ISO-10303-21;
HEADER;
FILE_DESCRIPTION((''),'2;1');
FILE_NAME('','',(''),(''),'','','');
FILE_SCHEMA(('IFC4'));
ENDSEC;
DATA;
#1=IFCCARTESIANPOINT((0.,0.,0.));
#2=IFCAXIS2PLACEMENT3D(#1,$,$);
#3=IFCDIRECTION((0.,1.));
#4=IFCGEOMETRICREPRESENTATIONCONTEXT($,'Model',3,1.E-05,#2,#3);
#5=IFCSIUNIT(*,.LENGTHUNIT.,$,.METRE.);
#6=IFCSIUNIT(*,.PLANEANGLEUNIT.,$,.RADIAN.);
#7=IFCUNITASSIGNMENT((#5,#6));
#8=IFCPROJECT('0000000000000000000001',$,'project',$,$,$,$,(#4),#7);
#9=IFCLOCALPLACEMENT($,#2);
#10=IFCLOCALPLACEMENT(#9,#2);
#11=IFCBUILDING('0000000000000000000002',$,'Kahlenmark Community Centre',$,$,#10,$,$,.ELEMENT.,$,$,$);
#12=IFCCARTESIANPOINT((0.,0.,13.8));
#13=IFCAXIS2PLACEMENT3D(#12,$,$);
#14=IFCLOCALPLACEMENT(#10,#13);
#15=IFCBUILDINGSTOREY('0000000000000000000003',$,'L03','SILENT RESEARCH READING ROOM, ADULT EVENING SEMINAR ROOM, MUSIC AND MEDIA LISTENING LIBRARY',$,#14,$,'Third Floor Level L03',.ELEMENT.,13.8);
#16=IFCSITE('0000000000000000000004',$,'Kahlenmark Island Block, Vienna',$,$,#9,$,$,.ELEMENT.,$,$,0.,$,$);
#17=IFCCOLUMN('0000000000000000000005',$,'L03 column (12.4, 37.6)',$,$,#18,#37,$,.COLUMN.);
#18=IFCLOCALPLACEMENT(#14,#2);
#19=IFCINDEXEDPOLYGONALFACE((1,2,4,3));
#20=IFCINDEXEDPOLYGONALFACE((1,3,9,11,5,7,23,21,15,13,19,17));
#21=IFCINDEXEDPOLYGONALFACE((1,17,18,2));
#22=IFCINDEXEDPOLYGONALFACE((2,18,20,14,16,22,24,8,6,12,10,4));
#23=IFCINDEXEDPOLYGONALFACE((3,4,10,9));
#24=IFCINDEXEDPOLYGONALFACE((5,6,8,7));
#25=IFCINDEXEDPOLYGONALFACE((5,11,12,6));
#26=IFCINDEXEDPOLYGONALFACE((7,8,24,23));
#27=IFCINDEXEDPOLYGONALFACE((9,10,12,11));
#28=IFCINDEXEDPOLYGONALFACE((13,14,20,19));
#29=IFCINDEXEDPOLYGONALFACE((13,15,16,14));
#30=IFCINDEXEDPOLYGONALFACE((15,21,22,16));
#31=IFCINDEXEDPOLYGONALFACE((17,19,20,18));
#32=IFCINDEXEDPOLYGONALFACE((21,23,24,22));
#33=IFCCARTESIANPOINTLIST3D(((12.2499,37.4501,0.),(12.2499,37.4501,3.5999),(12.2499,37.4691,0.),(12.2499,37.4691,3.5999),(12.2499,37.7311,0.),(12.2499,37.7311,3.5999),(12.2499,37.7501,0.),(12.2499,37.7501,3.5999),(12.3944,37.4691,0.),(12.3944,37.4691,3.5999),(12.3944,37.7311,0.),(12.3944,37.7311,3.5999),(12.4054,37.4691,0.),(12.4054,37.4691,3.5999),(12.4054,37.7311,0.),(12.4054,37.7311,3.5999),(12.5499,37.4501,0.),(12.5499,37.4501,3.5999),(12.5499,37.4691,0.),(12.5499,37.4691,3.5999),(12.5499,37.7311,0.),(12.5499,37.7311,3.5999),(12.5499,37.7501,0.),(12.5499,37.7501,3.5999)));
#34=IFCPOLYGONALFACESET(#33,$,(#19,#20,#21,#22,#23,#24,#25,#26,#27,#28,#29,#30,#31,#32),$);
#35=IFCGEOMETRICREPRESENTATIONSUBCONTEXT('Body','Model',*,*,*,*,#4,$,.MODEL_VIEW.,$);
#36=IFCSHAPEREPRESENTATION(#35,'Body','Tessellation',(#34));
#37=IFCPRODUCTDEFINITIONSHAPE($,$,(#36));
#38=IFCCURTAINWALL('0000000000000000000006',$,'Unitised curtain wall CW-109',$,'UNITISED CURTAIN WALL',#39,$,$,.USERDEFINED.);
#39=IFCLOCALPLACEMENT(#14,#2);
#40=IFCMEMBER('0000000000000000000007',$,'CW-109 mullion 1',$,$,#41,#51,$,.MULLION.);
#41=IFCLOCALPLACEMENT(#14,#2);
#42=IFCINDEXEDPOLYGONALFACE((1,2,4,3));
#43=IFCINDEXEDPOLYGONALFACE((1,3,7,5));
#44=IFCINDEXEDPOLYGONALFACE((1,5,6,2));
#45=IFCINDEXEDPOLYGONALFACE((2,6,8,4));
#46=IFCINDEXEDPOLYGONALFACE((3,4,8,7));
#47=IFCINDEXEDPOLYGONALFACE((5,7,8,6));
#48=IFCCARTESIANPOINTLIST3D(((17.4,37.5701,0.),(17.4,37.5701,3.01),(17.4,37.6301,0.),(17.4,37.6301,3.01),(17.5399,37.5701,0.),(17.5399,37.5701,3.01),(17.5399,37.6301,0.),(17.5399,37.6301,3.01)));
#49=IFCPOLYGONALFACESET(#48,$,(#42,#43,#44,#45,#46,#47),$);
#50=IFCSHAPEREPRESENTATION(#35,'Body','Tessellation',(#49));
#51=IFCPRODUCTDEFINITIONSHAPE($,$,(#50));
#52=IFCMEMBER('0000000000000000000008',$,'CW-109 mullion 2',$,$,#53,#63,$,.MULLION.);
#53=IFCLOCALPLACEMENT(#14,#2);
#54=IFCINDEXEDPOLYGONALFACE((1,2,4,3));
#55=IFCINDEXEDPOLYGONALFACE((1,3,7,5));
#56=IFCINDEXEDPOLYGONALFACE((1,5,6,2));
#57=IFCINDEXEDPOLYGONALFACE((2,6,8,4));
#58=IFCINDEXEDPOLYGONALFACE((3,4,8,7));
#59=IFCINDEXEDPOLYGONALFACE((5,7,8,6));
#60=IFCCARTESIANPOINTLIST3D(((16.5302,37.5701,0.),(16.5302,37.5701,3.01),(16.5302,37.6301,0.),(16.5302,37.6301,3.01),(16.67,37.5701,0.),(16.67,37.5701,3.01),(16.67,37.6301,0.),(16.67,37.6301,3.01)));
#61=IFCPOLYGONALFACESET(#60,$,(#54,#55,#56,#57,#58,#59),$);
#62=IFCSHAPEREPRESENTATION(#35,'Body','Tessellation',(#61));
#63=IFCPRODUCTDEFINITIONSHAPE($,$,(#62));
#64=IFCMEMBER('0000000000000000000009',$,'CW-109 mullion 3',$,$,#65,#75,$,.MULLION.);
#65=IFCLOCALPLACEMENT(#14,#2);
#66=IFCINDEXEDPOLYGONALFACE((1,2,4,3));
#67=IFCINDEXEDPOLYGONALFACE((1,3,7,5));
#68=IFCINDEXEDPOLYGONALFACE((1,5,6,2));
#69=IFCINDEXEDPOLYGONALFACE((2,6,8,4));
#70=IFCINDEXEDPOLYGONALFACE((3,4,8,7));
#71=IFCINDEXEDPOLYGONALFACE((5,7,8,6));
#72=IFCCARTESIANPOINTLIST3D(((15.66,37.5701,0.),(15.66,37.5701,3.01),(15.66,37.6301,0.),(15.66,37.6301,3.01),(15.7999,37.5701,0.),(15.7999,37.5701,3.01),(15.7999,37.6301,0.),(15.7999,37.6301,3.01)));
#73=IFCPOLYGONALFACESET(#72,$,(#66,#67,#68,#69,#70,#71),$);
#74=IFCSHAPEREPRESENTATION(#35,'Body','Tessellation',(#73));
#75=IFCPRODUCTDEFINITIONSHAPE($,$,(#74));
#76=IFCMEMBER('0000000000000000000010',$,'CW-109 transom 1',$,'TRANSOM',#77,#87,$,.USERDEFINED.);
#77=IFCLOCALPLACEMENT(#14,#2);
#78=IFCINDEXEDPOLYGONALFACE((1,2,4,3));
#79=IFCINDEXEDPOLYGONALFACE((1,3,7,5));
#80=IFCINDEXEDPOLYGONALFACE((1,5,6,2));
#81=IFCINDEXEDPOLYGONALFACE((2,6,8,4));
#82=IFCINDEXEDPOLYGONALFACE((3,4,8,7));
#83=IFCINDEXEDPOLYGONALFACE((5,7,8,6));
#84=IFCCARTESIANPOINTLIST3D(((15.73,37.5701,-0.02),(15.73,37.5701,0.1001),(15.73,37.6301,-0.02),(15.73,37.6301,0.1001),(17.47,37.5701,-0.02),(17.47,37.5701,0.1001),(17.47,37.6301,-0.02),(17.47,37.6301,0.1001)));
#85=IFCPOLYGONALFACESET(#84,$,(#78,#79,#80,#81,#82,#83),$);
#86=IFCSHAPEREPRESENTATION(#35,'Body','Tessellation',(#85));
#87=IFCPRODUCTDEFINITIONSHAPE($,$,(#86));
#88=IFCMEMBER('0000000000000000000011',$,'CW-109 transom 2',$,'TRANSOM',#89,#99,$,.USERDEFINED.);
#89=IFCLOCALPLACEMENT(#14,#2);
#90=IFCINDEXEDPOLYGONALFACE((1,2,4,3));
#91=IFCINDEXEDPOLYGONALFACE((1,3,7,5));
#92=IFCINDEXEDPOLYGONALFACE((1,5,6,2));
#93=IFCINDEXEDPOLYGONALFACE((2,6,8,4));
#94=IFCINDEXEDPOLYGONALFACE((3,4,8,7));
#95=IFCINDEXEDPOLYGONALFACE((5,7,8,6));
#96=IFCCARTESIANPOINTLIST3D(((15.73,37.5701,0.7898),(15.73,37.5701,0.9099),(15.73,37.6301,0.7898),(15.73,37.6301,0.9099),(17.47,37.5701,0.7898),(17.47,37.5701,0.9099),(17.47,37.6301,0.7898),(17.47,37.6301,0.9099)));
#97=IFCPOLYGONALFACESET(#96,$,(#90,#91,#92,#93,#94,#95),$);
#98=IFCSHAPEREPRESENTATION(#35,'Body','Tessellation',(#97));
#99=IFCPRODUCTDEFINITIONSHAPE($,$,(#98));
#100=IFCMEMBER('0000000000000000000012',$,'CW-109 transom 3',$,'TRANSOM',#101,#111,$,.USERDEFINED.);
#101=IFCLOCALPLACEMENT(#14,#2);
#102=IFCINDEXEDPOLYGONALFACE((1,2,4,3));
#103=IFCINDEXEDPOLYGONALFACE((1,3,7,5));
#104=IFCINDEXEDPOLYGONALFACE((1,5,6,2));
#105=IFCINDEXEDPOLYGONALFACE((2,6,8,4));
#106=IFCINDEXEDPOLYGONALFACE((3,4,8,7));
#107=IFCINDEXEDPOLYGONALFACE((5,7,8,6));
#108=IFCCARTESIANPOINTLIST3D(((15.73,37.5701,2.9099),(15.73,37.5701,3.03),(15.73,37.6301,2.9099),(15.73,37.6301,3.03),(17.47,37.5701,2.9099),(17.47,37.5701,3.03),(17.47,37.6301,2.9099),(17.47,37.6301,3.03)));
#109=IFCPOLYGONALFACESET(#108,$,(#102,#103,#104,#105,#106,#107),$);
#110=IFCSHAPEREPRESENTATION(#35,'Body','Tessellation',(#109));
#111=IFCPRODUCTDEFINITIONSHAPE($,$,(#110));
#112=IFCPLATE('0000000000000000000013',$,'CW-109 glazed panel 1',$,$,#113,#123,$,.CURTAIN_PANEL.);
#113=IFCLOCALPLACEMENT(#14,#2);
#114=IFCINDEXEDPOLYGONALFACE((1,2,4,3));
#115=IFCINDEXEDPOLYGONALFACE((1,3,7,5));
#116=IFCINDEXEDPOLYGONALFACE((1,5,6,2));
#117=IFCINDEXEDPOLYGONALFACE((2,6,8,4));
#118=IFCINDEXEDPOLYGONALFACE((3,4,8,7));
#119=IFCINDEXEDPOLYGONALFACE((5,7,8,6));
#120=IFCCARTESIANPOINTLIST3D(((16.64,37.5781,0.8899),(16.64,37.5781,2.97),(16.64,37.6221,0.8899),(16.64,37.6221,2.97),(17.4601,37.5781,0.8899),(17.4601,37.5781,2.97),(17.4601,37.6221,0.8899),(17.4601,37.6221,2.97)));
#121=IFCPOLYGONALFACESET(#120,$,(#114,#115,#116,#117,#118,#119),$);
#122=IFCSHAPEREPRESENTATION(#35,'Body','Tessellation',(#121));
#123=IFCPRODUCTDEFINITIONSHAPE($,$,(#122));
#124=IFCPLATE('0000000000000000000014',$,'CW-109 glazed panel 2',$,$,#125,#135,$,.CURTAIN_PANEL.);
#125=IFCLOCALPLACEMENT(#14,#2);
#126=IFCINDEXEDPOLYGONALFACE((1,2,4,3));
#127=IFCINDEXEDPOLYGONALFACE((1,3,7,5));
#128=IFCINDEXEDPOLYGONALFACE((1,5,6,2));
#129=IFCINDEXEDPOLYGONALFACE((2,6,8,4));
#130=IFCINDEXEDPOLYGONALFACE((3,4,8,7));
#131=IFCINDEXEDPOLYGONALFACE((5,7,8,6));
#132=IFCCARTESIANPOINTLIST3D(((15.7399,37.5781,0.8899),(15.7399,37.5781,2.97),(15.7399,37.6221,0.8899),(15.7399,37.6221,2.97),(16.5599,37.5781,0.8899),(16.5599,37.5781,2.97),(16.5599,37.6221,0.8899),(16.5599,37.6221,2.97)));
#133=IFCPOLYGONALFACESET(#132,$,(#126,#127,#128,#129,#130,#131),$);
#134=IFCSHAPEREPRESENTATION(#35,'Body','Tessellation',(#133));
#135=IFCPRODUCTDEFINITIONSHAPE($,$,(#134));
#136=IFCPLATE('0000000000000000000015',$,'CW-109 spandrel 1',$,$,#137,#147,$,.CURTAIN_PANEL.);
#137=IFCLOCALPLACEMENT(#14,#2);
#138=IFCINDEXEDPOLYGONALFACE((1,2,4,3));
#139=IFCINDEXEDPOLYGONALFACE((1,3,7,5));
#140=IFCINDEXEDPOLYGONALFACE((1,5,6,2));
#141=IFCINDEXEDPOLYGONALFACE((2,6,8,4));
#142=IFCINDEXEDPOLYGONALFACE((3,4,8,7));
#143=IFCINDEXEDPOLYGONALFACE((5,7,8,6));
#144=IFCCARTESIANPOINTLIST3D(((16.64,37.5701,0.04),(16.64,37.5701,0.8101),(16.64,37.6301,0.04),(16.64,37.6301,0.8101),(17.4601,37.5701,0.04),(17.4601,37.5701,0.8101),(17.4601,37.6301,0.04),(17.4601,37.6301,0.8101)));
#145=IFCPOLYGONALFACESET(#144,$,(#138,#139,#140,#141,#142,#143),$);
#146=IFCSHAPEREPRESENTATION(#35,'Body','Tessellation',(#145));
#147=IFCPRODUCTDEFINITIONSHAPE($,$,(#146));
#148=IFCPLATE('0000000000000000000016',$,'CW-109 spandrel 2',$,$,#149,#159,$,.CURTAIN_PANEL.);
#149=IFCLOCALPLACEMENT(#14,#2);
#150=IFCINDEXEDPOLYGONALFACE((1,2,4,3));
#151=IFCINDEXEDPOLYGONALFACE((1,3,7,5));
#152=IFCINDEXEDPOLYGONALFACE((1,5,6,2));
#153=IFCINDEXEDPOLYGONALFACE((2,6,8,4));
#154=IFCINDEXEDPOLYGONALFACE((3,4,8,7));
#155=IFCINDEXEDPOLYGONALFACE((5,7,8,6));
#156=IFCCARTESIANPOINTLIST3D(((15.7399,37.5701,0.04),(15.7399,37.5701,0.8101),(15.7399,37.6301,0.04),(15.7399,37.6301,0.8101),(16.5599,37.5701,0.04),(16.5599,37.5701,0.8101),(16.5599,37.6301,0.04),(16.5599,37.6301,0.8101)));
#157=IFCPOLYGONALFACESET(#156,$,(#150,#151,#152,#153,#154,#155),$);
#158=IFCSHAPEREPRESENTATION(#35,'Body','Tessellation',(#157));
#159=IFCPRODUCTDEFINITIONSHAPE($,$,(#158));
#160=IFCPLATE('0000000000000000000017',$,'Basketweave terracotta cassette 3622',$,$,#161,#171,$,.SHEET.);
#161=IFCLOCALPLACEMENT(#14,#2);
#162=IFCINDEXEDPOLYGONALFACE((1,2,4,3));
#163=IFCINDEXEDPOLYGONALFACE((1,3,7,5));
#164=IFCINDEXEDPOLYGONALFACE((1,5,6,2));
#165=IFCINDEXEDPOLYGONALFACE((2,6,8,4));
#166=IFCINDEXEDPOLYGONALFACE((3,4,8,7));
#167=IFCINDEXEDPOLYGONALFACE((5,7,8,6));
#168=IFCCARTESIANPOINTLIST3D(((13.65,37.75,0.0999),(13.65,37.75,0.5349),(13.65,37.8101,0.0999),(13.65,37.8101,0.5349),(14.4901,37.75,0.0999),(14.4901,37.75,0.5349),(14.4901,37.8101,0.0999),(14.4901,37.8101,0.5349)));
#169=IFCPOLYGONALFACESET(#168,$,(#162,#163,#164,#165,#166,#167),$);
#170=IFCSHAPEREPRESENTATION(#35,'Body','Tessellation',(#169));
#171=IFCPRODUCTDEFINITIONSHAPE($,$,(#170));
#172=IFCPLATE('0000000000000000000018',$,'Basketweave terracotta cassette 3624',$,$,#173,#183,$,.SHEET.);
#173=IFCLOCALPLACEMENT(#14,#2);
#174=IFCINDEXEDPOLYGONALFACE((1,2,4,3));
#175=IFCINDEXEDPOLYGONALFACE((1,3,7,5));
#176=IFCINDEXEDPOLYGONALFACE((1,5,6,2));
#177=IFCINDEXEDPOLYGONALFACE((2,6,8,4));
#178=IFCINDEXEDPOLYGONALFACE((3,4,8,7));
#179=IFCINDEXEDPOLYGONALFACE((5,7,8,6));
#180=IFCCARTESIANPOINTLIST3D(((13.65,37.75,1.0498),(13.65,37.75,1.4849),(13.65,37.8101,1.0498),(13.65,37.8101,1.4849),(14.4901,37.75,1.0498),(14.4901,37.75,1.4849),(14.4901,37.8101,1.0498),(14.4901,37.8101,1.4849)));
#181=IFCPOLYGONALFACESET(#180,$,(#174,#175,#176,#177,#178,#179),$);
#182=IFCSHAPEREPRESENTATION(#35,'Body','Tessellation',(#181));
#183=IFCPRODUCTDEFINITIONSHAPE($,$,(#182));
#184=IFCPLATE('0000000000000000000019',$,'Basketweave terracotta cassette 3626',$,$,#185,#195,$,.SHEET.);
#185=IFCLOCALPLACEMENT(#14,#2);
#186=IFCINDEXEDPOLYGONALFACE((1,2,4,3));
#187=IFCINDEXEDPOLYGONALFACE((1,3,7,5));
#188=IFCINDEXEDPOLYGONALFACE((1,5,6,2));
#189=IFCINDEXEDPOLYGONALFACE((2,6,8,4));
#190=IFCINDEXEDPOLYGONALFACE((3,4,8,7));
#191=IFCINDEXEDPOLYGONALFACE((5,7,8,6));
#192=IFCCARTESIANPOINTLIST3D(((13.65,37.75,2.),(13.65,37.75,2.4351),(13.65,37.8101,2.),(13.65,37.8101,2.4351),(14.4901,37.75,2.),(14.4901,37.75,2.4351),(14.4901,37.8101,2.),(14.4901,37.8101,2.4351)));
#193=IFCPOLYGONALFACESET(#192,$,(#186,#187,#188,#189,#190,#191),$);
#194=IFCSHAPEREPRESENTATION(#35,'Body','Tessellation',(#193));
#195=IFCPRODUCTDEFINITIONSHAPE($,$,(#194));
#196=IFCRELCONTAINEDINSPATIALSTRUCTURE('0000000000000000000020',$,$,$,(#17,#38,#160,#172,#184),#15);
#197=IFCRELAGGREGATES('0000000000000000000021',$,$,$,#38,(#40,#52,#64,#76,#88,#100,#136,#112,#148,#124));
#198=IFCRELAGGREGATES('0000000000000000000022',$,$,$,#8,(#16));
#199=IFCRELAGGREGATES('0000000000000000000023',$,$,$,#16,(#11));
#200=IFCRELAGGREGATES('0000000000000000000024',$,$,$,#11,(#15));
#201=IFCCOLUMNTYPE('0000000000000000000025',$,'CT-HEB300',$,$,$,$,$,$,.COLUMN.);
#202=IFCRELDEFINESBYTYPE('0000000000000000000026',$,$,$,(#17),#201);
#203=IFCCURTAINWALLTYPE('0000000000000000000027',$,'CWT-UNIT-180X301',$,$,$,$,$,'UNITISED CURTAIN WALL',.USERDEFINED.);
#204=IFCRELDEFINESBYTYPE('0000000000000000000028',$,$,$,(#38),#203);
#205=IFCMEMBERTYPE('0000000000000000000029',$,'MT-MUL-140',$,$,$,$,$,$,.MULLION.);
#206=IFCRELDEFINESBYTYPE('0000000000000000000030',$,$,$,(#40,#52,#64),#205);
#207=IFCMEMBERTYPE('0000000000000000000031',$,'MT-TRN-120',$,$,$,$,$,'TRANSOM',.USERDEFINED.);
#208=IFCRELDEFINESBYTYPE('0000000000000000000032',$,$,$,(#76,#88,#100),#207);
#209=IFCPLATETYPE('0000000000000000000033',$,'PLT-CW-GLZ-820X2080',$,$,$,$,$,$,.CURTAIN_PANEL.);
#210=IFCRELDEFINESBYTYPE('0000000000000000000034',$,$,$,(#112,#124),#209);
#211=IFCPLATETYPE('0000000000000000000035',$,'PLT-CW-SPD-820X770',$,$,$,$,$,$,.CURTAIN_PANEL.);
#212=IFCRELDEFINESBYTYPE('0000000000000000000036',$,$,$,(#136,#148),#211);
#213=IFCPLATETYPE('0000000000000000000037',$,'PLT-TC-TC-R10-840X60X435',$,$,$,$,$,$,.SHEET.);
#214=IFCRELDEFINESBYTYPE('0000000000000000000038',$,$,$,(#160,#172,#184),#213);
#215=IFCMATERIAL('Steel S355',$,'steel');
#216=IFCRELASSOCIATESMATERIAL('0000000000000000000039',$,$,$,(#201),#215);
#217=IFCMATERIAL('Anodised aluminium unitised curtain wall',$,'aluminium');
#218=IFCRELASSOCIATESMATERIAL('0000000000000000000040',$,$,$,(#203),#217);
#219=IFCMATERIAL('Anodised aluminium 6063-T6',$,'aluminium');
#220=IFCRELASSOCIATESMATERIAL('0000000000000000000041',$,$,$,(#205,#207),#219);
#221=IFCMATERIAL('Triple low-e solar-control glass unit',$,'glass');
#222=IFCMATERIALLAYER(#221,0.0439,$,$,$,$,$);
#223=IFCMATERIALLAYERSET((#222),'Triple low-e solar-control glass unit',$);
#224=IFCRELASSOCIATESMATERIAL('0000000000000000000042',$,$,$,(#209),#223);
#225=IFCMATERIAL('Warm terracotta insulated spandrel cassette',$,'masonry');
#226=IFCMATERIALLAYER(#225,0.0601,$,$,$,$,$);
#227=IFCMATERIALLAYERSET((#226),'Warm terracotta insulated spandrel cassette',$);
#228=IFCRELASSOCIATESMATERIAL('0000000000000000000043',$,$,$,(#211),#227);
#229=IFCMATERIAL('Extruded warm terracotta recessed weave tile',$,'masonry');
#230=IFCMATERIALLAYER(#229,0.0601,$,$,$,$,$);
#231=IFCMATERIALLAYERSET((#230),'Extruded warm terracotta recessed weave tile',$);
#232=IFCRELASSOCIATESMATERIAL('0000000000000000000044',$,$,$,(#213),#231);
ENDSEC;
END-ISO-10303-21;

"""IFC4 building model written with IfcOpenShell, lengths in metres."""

from ifc_helpers import new_model, si_unit, direction, frame, origin, origin_2d, place, context, subcontext, project, spatial, rectangle, i_section, extrude, material, layer, layer_set, material_profile, profile_set, type_object, element, aggregate, save


model = new_model("IFC4")

# Units and contexts
model_context = context("Model", 3, precision=1e-05, world=origin(), true_north=direction((0.0, 1.0)))
body_context = subcontext(model_context, "Body", "Model", "MODEL_VIEW")
ifc_project = project(units=[si_unit("LENGTHUNIT", "METRE"), si_unit("PLANEANGLEUNIT", "RADIAN")], contexts=[model_context])

# Site, building, storey
site_placement = place(None, origin())
site = spatial("IfcSite", under=ifc_project, at=site_placement, Name="Kahlenmark Island Block, Vienna", CompositionType="ELEMENT", RefElevation=0.0)
building_placement = place(site_placement, origin())
building = spatial("IfcBuilding", under=site, at=building_placement, Name="Kahlenmark Community Centre", CompositionType="ELEMENT")
storey_placement = place(building_placement, frame((0.0, 0.0, 13.8)))
storey = spatial("IfcBuildingStorey", under=building, at=storey_placement, Name="L03", Description="SILENT RESEARCH READING ROOM, ADULT EVENING SEMINAR ROOM, MUSIC AND MEDIA LISTENING LIBRARY", LongName="Third Floor Level L03", CompositionType="ELEMENT", Elevation=13.8)

# Column
ifc_material_1 = material(Name="Steel S355", Category="steel")
ifc_material_profile_1 = material_profile(ifc_material_1, i_section(OverallWidth=0.3, OverallDepth=0.3, WebThickness=0.011, FlangeThickness=0.019, at=origin_2d()), Name="HEB 300")
ifc_profile_set_1 = profile_set([ifc_material_profile_1], Name="Steel S355")
column_type = type_object("IfcColumnType", Name="CT-HEB300", PredefinedType="COLUMN", material=ifc_profile_set_1)
column_placement = place(storey_placement, frame((12.3999, 37.6001, 0.0), z_axis=(0.0, 0.0, 1.0), x_axis=(1.0, 0.0, 0.0)))
element("IfcColumn", 1, at=column_placement, inside=storey, type_object=column_type, Name="L03 column (12.4, 37.6)", PredefinedType="COLUMN", context=body_context, shape_type="SweptSolid", body=[
    extrude(i_section(OverallWidth=0.3, OverallDepth=0.3, WebThickness=0.011, FlangeThickness=0.019, at=origin_2d()), origin(), (0.0, 0.0, 1.0), 3.5999),
])

# Curtain wall, members, plates
ifc_material_2 = material(Name="Anodised aluminium unitised curtain wall", Category="aluminium")
curtain_wall_type = type_object("IfcCurtainWallType", Name="CWT-UNIT-180X301", ElementType="UNITISED CURTAIN WALL", PredefinedType="USERDEFINED", material=ifc_material_2)
curtain_wall_placement = place(storey_placement, origin())
curtain_wall = element("IfcCurtainWall", 2, at=curtain_wall_placement, inside=storey, type_object=curtain_wall_type, Name="Unitised curtain wall CW-109", ObjectType="UNITISED CURTAIN WALL", PredefinedType="USERDEFINED")
ifc_material_3 = material(Name="Anodised aluminium 6063-T6", Category="aluminium")
ifc_material_profile_2 = material_profile(ifc_material_3, rectangle(XDim=0.0601, YDim=0.1399, at=origin_2d()), Name="ALU MULLION 60x140")
ifc_profile_set_2 = profile_set([ifc_material_profile_2], Name="Anodised aluminium 6063-T6")
member_type_1 = type_object("IfcMemberType", Name="MT-MUL-140", PredefinedType="MULLION", material=ifc_profile_set_2)
member_1_placement = place(storey_placement, frame((17.47, 37.6001, 0.0), z_axis=(0.0, 0.0, 1.0), x_axis=(0.0, -1.0, 0.0)))
member_1 = element("IfcMember", 3, at=member_1_placement, type_object=member_type_1, Name="CW-109 mullion 1", PredefinedType="MULLION", context=body_context, shape_type="SweptSolid", body=[
    extrude(rectangle(XDim=0.0601, YDim=0.1399, at=origin_2d()), origin(), (0.0, 0.0, 1.0), 3.01),
])
member_2_placement = place(storey_placement, frame((16.6001, 37.6001, 0.0), z_axis=(0.0, 0.0, 1.0), x_axis=(0.0, -1.0, 0.0)))
member_2 = element("IfcMember", 4, at=member_2_placement, type_object=member_type_1, Name="CW-109 mullion 2", PredefinedType="MULLION", context=body_context, shape_type="SweptSolid", body=[
    extrude(rectangle(XDim=0.0601, YDim=0.1399, at=origin_2d()), origin(), (0.0, 0.0, 1.0), 3.01),
])
member_3_placement = place(storey_placement, frame((15.73, 37.6001, 0.0), z_axis=(0.0, 0.0, 1.0), x_axis=(0.0, -1.0, 0.0)))
member_3 = element("IfcMember", 5, at=member_3_placement, type_object=member_type_1, Name="CW-109 mullion 3", PredefinedType="MULLION", context=body_context, shape_type="SweptSolid", body=[
    extrude(rectangle(XDim=0.0601, YDim=0.1399, at=origin_2d()), origin(), (0.0, 0.0, 1.0), 3.01),
])
ifc_material_profile_3 = material_profile(ifc_material_3, rectangle(XDim=0.0601, YDim=0.1201, at=origin_2d()), Name="ALU TRANSOM 60x120")
ifc_profile_set_3 = profile_set([ifc_material_profile_3], Name="Anodised aluminium 6063-T6")
member_type_2 = type_object("IfcMemberType", Name="MT-TRN-120", ElementType="TRANSOM", PredefinedType="USERDEFINED", material=ifc_profile_set_3)
member_4_placement = place(storey_placement, frame((17.47, 37.6001, 0.04), z_axis=(-1.0, 0.0, 0.0), x_axis=(0.0, -1.0, 0.0)))
member_4 = element("IfcMember", 6, at=member_4_placement, type_object=member_type_2, Name="CW-109 transom 1", ObjectType="TRANSOM", PredefinedType="USERDEFINED", context=body_context, shape_type="SweptSolid", body=[
    extrude(rectangle(XDim=0.0601, YDim=0.1201, at=origin_2d()), origin(), (0.0, 0.0, 1.0), 1.74),
])
member_5_placement = place(storey_placement, frame((17.47, 37.6001, 0.8499), z_axis=(-1.0, 0.0, 0.0), x_axis=(0.0, -1.0, 0.0)))
member_5 = element("IfcMember", 7, at=member_5_placement, type_object=member_type_2, Name="CW-109 transom 2", ObjectType="TRANSOM", PredefinedType="USERDEFINED", context=body_context, shape_type="SweptSolid", body=[
    extrude(rectangle(XDim=0.0601, YDim=0.1201, at=origin_2d()), origin(), (0.0, 0.0, 1.0), 1.74),
])
member_6_placement = place(storey_placement, frame((17.47, 37.6001, 2.97), z_axis=(-1.0, 0.0, 0.0), x_axis=(0.0, -1.0, 0.0)))
member_6 = element("IfcMember", 8, at=member_6_placement, type_object=member_type_2, Name="CW-109 transom 3", ObjectType="TRANSOM", PredefinedType="USERDEFINED", context=body_context, shape_type="SweptSolid", body=[
    extrude(rectangle(XDim=0.0601, YDim=0.1201, at=origin_2d()), origin(), (0.0, 0.0, 1.0), 1.74),
])
ifc_material_4 = material(Name="Triple low-e solar-control glass unit", Category="glass")
ifc_layer_1 = layer(ifc_material_4, 0.0439)
ifc_layer_set_1 = layer_set([ifc_layer_1], Name="Triple low-e solar-control glass unit")
plate_type_1 = type_object("IfcPlateType", Name="PLT-CW-GLZ-820X2080", PredefinedType="CURTAIN_PANEL", material=ifc_layer_set_1)
plate_1_placement = place(storey_placement, frame((17.05, 37.6001, 0.8899), z_axis=(0.0, 0.0, 1.0), x_axis=(-1.0, 0.0, 0.0)))
plate_1 = element("IfcPlate", 9, at=plate_1_placement, type_object=plate_type_1, Name="CW-109 glazed panel 1", PredefinedType="CURTAIN_PANEL", context=body_context, shape_type="SweptSolid", body=[
    extrude(rectangle(XDim=0.8201, YDim=0.0439, at=origin_2d()), origin(), (0.0, 0.0, 1.0), 2.0801),
])
plate_2_placement = place(storey_placement, frame((16.1499, 37.6001, 0.8899), z_axis=(0.0, 0.0, 1.0), x_axis=(-1.0, 0.0, 0.0)))
plate_2 = element("IfcPlate", 10, at=plate_2_placement, type_object=plate_type_1, Name="CW-109 glazed panel 2", PredefinedType="CURTAIN_PANEL", context=body_context, shape_type="SweptSolid", body=[
    extrude(rectangle(XDim=0.8201, YDim=0.0439, at=origin_2d()), origin(), (0.0, 0.0, 1.0), 2.0801),
])
ifc_material_5 = material(Name="Warm terracotta insulated spandrel cassette", Category="masonry")
ifc_layer_2 = layer(ifc_material_5, 0.0601)
ifc_layer_set_2 = layer_set([ifc_layer_2], Name="Warm terracotta insulated spandrel cassette")
plate_type_2 = type_object("IfcPlateType", Name="PLT-CW-SPD-820X770", PredefinedType="CURTAIN_PANEL", material=ifc_layer_set_2)
plate_3_placement = place(storey_placement, frame((17.05, 37.6001, 0.04), z_axis=(0.0, 0.0, 1.0), x_axis=(-1.0, 0.0, 0.0)))
plate_3 = element("IfcPlate", 11, at=plate_3_placement, type_object=plate_type_2, Name="CW-109 spandrel 1", PredefinedType="CURTAIN_PANEL", context=body_context, shape_type="SweptSolid", body=[
    extrude(rectangle(XDim=0.8201, YDim=0.0601, at=origin_2d()), origin(), (0.0, 0.0, 1.0), 0.77),
])
plate_4_placement = place(storey_placement, frame((16.1499, 37.6001, 0.04), z_axis=(0.0, 0.0, 1.0), x_axis=(-1.0, 0.0, 0.0)))
plate_4 = element("IfcPlate", 12, at=plate_4_placement, type_object=plate_type_2, Name="CW-109 spandrel 2", PredefinedType="CURTAIN_PANEL", context=body_context, shape_type="SweptSolid", body=[
    extrude(rectangle(XDim=0.8201, YDim=0.0601, at=origin_2d()), origin(), (0.0, 0.0, 1.0), 0.77),
])
aggregate(curtain_wall, [member_1, member_2, member_3, member_4, member_5, member_6, plate_3, plate_1, plate_4, plate_2])

# Plates
ifc_material_6 = material(Name="Extruded warm terracotta recessed weave tile", Category="masonry")
ifc_layer_3 = layer(ifc_material_6, 0.0601)
ifc_layer_set_3 = layer_set([ifc_layer_3], Name="Extruded warm terracotta recessed weave tile")
plate_type_3 = type_object("IfcPlateType", Name="PLT-TC-TC-R10-840X60X435", PredefinedType="SHEET", material=ifc_layer_set_3)
for number, where, z_axis, x_axis, name in (
    (13, (14.0701, 37.78, 0.0999), (0.0, 0.0, 1.0), (-1.0, 0.0, 0.0), "Basketweave terracotta cassette 3622"),
    (14, (14.0701, 37.78, 1.0498), (0.0, 0.0, 1.0), (-1.0, 0.0, 0.0), "Basketweave terracotta cassette 3624"),
    (15, (14.0701, 37.78, 2.0), (0.0, 0.0, 1.0), (-1.0, 0.0, 0.0), "Basketweave terracotta cassette 3626"),
):
    element("IfcPlate", number, at=place(storey_placement, frame(where, z_axis=z_axis, x_axis=x_axis)), inside=storey, type_object=plate_type_3, Name=name, PredefinedType="SHEET", context=body_context, shape_type="SweptSolid", body=[
        extrude(rectangle(XDim=0.8401, YDim=0.0601, at=origin_2d()), origin(), (0.0, 0.0, 1.0), 0.4351),
    ])

save(model, "model.ifc")
